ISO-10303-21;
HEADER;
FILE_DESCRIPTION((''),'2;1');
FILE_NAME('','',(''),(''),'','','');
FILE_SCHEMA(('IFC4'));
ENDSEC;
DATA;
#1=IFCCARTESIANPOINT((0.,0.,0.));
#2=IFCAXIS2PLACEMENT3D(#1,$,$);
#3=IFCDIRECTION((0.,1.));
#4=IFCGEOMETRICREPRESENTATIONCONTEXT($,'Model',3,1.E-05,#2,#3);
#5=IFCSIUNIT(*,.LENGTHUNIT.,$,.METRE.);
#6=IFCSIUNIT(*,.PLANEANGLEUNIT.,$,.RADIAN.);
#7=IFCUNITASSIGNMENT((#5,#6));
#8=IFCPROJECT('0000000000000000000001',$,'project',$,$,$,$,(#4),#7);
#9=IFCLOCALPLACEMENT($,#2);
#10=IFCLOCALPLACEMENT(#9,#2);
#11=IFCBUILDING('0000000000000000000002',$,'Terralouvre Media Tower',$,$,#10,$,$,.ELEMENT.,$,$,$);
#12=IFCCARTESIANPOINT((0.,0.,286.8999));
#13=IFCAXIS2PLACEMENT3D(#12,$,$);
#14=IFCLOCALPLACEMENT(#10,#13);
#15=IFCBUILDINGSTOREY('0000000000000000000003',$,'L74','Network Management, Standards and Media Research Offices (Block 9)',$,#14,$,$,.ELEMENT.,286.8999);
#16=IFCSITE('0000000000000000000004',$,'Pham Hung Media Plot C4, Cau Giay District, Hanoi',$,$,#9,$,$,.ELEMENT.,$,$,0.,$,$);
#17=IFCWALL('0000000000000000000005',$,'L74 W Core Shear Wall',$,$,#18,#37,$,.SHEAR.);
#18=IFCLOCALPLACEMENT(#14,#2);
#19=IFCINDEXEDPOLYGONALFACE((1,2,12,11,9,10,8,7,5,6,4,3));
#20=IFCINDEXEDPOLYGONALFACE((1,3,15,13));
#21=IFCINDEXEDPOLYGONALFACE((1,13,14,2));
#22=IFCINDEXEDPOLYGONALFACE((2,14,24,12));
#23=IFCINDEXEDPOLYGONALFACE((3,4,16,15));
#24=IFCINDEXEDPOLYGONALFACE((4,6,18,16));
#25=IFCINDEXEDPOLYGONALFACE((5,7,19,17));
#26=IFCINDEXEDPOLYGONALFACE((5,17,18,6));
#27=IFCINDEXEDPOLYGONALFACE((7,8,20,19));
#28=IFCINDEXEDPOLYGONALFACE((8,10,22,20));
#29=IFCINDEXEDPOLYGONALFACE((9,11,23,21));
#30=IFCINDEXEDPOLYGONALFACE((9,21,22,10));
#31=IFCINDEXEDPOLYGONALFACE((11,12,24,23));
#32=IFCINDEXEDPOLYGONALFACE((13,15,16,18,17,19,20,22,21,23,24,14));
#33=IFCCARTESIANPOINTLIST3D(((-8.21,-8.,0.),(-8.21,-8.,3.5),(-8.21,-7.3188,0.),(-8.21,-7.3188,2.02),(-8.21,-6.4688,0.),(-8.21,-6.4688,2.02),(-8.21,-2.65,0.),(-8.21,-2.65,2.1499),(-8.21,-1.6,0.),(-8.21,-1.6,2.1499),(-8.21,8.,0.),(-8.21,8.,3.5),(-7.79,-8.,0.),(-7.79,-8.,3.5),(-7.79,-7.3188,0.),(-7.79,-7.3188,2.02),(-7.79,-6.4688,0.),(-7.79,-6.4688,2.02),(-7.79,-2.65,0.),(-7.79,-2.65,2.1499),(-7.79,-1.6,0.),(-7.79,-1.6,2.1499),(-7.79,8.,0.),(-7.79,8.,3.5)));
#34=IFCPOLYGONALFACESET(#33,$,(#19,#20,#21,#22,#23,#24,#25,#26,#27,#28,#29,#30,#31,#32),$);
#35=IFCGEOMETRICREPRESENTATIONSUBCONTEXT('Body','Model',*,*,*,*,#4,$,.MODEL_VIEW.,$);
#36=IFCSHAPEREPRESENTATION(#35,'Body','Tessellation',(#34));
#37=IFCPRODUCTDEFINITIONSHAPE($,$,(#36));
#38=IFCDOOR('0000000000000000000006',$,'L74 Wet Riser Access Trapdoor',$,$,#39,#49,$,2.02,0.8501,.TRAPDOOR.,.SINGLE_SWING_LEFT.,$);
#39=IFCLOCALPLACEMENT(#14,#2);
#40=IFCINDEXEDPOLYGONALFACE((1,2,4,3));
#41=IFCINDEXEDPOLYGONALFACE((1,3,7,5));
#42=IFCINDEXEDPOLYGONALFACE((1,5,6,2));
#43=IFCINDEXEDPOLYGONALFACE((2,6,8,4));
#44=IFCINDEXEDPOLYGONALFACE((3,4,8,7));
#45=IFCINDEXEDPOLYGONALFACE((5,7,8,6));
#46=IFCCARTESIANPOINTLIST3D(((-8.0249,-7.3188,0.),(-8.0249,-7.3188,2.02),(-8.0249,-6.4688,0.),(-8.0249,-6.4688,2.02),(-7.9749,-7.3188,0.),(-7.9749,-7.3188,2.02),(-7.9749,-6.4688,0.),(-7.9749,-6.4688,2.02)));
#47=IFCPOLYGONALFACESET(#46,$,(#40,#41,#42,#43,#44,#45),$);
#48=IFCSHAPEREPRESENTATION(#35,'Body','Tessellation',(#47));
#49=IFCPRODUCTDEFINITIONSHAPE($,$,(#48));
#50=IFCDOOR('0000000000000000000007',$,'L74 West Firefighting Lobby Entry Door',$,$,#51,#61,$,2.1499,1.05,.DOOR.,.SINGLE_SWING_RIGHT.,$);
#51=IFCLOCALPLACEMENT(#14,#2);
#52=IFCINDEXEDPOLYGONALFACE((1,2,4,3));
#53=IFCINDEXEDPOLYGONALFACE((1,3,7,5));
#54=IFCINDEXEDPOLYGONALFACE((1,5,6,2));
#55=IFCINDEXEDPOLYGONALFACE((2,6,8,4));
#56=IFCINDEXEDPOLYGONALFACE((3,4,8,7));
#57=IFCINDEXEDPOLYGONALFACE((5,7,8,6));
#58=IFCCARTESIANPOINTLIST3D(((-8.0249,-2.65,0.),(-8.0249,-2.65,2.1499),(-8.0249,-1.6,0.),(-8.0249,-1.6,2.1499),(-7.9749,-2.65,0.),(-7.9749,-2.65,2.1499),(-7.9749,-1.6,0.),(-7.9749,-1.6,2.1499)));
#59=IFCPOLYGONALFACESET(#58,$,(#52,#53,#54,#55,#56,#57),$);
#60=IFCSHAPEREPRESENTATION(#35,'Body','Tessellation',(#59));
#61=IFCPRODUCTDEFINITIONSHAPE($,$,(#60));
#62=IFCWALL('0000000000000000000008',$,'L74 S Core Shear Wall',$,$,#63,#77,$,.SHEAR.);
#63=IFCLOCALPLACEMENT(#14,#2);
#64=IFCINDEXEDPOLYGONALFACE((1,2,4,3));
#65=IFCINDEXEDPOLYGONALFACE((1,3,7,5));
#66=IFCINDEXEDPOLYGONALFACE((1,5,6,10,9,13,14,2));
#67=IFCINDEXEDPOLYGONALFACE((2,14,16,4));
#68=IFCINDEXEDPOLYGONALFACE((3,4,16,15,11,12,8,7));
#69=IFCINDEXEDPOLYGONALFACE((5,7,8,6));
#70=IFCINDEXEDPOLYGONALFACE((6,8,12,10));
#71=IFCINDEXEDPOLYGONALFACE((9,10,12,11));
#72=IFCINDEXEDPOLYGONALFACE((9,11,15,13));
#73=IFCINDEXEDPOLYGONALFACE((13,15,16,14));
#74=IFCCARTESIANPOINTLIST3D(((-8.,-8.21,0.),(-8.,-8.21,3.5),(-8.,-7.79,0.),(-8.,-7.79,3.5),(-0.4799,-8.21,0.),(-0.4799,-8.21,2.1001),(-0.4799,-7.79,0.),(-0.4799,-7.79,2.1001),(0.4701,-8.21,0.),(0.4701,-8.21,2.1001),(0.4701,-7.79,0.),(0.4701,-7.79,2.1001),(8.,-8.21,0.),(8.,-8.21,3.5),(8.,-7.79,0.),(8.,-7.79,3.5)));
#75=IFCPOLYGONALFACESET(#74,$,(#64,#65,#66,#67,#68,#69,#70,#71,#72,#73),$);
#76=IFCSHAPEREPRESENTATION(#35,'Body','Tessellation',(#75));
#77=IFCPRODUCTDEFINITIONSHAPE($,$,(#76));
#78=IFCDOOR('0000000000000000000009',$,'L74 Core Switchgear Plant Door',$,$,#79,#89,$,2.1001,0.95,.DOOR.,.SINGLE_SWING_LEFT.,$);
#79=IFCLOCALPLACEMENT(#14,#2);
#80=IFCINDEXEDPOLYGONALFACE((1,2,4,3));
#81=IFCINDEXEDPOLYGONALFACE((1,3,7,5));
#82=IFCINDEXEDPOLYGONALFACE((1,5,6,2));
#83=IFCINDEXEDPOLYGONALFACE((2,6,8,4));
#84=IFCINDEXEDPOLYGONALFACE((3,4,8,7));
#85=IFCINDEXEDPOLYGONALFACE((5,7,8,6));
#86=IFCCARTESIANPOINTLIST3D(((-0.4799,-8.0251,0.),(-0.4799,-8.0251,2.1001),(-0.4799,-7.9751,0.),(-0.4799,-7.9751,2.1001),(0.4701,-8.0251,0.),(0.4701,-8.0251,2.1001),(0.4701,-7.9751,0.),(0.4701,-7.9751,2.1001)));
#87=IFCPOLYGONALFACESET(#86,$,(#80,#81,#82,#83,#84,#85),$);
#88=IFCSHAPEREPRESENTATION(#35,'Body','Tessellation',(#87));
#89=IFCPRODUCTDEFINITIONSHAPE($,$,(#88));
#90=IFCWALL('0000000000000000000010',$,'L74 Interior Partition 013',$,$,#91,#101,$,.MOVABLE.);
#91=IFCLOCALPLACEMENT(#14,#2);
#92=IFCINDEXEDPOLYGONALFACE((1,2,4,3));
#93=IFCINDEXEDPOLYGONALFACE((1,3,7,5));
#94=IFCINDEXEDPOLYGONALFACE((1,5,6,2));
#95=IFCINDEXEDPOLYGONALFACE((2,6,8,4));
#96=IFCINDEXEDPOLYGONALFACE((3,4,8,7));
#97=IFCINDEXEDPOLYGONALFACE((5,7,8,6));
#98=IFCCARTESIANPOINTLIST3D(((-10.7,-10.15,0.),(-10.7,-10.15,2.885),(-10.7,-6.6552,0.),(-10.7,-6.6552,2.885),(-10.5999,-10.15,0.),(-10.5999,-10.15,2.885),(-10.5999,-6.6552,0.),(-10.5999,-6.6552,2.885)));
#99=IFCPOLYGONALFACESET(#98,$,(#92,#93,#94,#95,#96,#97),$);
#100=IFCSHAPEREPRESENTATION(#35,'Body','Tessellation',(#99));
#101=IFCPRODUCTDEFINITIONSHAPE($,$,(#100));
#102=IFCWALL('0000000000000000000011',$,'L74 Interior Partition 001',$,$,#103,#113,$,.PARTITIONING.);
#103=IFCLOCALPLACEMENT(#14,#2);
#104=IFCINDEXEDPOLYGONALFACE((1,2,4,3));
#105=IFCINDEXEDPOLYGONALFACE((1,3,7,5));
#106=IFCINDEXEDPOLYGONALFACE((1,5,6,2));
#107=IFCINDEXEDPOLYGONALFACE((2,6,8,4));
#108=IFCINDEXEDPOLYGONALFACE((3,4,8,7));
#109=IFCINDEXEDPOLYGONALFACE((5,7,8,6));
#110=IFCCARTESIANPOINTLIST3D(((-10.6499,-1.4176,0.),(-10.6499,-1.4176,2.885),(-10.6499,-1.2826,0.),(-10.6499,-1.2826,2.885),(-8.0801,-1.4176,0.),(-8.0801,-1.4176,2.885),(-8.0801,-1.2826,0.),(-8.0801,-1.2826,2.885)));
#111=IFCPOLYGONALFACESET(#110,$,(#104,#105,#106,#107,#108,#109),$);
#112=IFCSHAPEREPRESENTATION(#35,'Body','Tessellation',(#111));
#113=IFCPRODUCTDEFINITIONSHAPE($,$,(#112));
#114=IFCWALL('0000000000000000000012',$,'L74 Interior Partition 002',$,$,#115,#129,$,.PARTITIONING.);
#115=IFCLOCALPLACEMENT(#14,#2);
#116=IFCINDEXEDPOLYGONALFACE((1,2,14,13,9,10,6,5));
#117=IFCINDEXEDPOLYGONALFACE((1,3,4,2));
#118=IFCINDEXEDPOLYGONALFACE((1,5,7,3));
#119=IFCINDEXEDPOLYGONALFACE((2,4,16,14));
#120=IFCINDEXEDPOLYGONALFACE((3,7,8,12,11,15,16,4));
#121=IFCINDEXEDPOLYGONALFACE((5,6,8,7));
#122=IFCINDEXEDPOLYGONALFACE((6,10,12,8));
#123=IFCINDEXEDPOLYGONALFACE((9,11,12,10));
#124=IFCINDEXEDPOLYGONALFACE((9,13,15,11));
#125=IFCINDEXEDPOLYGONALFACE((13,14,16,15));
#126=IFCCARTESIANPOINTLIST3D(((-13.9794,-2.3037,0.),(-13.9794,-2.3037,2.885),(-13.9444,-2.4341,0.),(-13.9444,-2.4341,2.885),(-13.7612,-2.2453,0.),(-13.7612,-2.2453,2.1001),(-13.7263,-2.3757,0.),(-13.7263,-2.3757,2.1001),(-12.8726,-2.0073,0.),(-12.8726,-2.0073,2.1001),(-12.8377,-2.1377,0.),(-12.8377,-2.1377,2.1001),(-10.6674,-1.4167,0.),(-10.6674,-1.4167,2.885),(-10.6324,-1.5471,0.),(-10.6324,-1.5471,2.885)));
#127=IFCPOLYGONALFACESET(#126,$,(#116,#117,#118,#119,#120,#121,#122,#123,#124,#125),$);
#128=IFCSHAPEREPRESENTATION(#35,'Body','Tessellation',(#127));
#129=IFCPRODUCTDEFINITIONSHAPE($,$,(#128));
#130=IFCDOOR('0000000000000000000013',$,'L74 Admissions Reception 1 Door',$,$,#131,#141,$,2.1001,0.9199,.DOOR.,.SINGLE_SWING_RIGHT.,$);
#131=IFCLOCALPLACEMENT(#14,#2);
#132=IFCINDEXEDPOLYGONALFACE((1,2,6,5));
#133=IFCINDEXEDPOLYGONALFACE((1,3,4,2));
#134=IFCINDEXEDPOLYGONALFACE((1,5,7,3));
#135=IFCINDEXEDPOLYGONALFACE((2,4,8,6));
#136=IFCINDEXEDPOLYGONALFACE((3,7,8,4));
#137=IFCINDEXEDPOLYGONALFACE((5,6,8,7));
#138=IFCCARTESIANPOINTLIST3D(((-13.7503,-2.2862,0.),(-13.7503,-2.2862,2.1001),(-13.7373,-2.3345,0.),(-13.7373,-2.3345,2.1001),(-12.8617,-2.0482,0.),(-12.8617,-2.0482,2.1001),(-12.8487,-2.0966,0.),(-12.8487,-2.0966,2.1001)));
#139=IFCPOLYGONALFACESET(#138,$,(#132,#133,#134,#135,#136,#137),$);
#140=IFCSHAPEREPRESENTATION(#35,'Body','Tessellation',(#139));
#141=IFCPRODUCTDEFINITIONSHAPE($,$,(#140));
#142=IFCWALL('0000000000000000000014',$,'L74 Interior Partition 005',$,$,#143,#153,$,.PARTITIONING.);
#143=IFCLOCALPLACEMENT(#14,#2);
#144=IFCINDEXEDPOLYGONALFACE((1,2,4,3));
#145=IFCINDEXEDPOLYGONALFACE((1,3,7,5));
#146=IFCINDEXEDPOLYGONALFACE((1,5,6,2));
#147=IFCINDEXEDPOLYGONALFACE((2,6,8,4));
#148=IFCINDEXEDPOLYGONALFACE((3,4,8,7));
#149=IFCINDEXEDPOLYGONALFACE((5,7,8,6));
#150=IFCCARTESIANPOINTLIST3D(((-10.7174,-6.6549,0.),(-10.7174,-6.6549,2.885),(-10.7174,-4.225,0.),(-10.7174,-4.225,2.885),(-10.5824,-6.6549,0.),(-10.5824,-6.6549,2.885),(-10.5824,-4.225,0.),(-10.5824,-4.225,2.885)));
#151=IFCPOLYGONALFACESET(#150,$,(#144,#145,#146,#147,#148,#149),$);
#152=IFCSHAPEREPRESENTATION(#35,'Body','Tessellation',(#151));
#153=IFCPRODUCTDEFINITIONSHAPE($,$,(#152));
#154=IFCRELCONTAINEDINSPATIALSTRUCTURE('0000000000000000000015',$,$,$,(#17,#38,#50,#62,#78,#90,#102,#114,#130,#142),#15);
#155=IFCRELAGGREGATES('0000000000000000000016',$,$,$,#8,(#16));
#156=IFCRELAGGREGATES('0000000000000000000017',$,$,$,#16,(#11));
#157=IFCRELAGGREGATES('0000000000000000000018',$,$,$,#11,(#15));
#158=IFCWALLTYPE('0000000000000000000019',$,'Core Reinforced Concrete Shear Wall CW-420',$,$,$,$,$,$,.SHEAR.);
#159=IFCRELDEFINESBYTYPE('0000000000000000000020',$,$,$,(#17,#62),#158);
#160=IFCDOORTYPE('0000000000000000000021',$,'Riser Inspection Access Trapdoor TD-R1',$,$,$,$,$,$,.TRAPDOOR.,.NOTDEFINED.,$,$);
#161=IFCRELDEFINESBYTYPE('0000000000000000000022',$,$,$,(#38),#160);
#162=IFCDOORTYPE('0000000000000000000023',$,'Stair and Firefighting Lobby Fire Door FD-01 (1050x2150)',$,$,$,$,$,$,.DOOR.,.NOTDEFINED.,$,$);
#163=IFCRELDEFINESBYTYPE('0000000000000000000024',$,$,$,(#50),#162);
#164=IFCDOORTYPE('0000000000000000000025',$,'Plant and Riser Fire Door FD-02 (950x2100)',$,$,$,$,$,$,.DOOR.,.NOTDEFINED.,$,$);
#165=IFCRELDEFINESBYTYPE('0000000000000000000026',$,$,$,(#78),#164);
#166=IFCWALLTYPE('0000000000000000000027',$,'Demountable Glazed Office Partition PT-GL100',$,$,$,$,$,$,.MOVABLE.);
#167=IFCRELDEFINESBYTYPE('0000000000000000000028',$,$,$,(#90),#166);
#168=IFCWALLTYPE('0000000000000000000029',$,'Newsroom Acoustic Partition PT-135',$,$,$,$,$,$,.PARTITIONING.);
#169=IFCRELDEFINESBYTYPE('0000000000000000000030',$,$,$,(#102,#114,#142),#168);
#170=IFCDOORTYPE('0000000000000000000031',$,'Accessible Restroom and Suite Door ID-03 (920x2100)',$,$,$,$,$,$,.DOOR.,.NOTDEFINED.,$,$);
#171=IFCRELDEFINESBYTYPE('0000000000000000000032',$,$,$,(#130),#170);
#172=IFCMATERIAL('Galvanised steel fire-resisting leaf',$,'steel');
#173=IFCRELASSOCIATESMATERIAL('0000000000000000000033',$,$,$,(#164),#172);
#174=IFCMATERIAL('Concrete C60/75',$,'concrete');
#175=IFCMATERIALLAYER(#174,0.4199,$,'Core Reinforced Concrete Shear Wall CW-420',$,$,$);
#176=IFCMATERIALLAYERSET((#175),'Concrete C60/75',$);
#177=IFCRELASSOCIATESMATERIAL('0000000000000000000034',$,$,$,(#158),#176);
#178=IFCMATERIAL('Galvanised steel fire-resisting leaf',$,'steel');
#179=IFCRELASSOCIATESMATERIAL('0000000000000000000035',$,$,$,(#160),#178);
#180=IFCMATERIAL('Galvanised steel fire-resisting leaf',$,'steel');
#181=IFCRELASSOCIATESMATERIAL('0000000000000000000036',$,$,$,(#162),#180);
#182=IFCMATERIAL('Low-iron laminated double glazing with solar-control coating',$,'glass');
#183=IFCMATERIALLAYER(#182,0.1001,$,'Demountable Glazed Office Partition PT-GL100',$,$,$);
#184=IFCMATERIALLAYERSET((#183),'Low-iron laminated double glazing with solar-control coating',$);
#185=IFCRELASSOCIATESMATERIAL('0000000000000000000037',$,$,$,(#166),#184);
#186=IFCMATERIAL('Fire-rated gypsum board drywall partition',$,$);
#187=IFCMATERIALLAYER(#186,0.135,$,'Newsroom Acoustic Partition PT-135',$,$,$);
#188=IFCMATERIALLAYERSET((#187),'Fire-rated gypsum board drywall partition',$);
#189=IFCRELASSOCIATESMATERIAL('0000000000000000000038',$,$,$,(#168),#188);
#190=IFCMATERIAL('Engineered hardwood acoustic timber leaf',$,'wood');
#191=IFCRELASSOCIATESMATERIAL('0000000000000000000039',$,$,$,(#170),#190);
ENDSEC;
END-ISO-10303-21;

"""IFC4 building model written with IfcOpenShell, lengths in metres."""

from ifc_helpers import new_model, si_unit, direction, frame, frame_2d, origin, place, context, subcontext, project, spatial, rectangle, extrude, material, layer, layer_set, type_object, element, fill, save


model = new_model("IFC4")

# Units and contexts
model_context = context("Model", 3, precision=1e-05, world=origin(), true_north=direction((0.0, 1.0)))
body_context = subcontext(model_context, "Body", "Model", "MODEL_VIEW")
ifc_project = project(units=[si_unit("LENGTHUNIT", "METRE"), si_unit("PLANEANGLEUNIT", "RADIAN")], contexts=[model_context])

# Site, building, storey
site_placement = place(None, origin())
site = spatial("IfcSite", under=ifc_project, at=site_placement, Name="Pham Hung Media Plot C4, Cau Giay District, Hanoi", CompositionType="ELEMENT", RefElevation=0.0)
building_placement = place(site_placement, origin())
building = spatial("IfcBuilding", under=site, at=building_placement, Name="Terralouvre Media Tower", CompositionType="ELEMENT")
storey_placement = place(building_placement, frame((0.0, 0.0, 286.8999)))
storey = spatial("IfcBuildingStorey", under=building, at=storey_placement, Name="L74", Description="Network Management, Standards and Media Research Offices (Block 9)", CompositionType="ELEMENT", Elevation=286.8999)

# Wall, openings, doors
ifc_material_1 = material(Name="Galvanised steel fire-resisting leaf", Category="steel")
door_type_1 = type_object("IfcDoorType", Name="Plant and Riser Fire Door FD-02 (950x2100)", OperationType="NOTDEFINED", PredefinedType="DOOR", material=ifc_material_1)
ifc_material_2 = material(Name="Concrete C60/75", Category="concrete")
ifc_layer_1 = layer(ifc_material_2, 0.4199, Name="Core Reinforced Concrete Shear Wall CW-420")
ifc_layer_set_1 = layer_set([ifc_layer_1], Name="Concrete C60/75")
wall_type_1 = type_object("IfcWallType", Name="Core Reinforced Concrete Shear Wall CW-420", PredefinedType="SHEAR", material=ifc_layer_set_1)
wall_1_placement = place(storey_placement, frame((-8.0, -8.0, 0.0), z_axis=(0.0, 0.0, 1.0), x_axis=(0.0, 1.0, 0.0)))
wall_1 = element("IfcWall", 1, at=wall_1_placement, inside=storey, type_object=wall_type_1, Name="L74 W Core Shear Wall", PredefinedType="SHEAR", context=body_context, shape_type="SweptSolid", body=[
    extrude(rectangle(XDim=16.0, YDim=0.4199, at=frame_2d((8.0, 0.0))), origin(), (0.0, 0.0, 1.0), 3.5),
])
opening_1_placement = place(wall_1_placement, frame((0.6812, 0.0, 0.0)))
opening_1 = element("IfcOpeningElement", 2, at=opening_1_placement, cuts=wall_1, PredefinedType="OPENING", context=body_context, shape_type="SweptSolid", body=[
    extrude(rectangle(XDim=0.8501, YDim=2.02, at=frame_2d((0.425, 1.01))), frame((0.0, 0.22, 0.0), z_axis=(0.0, -1.0, 0.0), x_axis=(1.0, 0.0, 0.0)), (0.0, 0.0, 1.0), 0.4399),
])
opening_2_placement = place(wall_1_placement, frame((5.3501, 0.0, 0.0)))
opening_2 = element("IfcOpeningElement", 3, at=opening_2_placement, cuts=wall_1, PredefinedType="OPENING", context=body_context, shape_type="SweptSolid", body=[
    extrude(rectangle(XDim=1.05, YDim=2.1499, at=frame_2d((0.5249, 1.075))), frame((0.0, 0.22, 0.0), z_axis=(0.0, -1.0, 0.0), x_axis=(1.0, 0.0, 0.0)), (0.0, 0.0, 1.0), 0.4399),
])
ifc_material_3 = material(Name="Galvanised steel fire-resisting leaf", Category="steel")
door_type_2 = type_object("IfcDoorType", Name="Riser Inspection Access Trapdoor TD-R1", OperationType="NOTDEFINED", PredefinedType="TRAPDOOR", material=ifc_material_3)
door_1_placement = place(opening_1_placement, origin())
door_1 = element("IfcDoor", 4, at=door_1_placement, inside=storey, type_object=door_type_2, Name="L74 Wet Riser Access Trapdoor", OperationType="SINGLE_SWING_LEFT", OverallHeight=2.02, OverallWidth=0.8501, PredefinedType="TRAPDOOR", context=body_context, shape_type="SweptSolid", body=[
    extrude(rectangle(XDim=0.8501, YDim=2.02, at=frame_2d((0.425, 1.01))), frame((0.0, 0.0249, 0.0), z_axis=(0.0, -1.0, 0.0), x_axis=(1.0, 0.0, 0.0)), (0.0, 0.0, 1.0), 0.05),
])
fill(opening_1, door_1)
ifc_material_4 = material(Name="Galvanised steel fire-resisting leaf", Category="steel")
door_type_3 = type_object("IfcDoorType", Name="Stair and Firefighting Lobby Fire Door FD-01 (1050x2150)", OperationType="NOTDEFINED", PredefinedType="DOOR", material=ifc_material_4)
door_2_placement = place(opening_2_placement, origin())
door_2 = element("IfcDoor", 5, at=door_2_placement, inside=storey, type_object=door_type_3, Name="L74 West Firefighting Lobby Entry Door", OperationType="SINGLE_SWING_RIGHT", OverallHeight=2.1499, OverallWidth=1.05, PredefinedType="DOOR", context=body_context, shape_type="SweptSolid", body=[
    extrude(rectangle(XDim=1.05, YDim=2.1499, at=frame_2d((0.5249, 1.075))), frame((0.0, 0.0249, 0.0), z_axis=(0.0, -1.0, 0.0), x_axis=(1.0, 0.0, 0.0)), (0.0, 0.0, 1.0), 0.05),
])
fill(opening_2, door_2)

# Wall, opening, door
wall_2_placement = place(storey_placement, frame((-8.0, -8.0, 0.0), z_axis=(0.0, 0.0, 1.0), x_axis=(1.0, 0.0, 0.0)))
wall_2 = element("IfcWall", 6, at=wall_2_placement, inside=storey, type_object=wall_type_1, Name="L74 S Core Shear Wall", PredefinedType="SHEAR", context=body_context, shape_type="SweptSolid", body=[
    extrude(rectangle(XDim=16.0, YDim=0.4199, at=frame_2d((8.0, 0.0))), origin(), (0.0, 0.0, 1.0), 3.5),
])
opening_3_placement = place(wall_2_placement, frame((7.52, 0.0, 0.0)))
opening_3 = element("IfcOpeningElement", 7, at=opening_3_placement, cuts=wall_2, PredefinedType="OPENING", context=body_context, shape_type="SweptSolid", body=[
    extrude(rectangle(XDim=0.95, YDim=2.1001, at=frame_2d((0.4751, 1.05))), frame((0.0, 0.22, 0.0), z_axis=(0.0, -1.0, 0.0), x_axis=(1.0, 0.0, 0.0)), (0.0, 0.0, 1.0), 0.4399),
])
door_3_placement = place(opening_3_placement, origin())
door_3 = element("IfcDoor", 8, at=door_3_placement, inside=storey, type_object=door_type_1, Name="L74 Core Switchgear Plant Door", OperationType="SINGLE_SWING_LEFT", OverallHeight=2.1001, OverallWidth=0.95, PredefinedType="DOOR", context=body_context, shape_type="SweptSolid", body=[
    extrude(rectangle(XDim=0.95, YDim=2.1001, at=frame_2d((0.4751, 1.05))), frame((0.0, 0.0249, 0.0), z_axis=(0.0, -1.0, 0.0), x_axis=(1.0, 0.0, 0.0)), (0.0, 0.0, 1.0), 0.05),
])
fill(opening_3, door_3)

# Walls
ifc_material_5 = material(Name="Low-iron laminated double glazing with solar-control coating", Category="glass")
ifc_layer_2 = layer(ifc_material_5, 0.1001, Name="Demountable Glazed Office Partition PT-GL100")
ifc_layer_set_2 = layer_set([ifc_layer_2], Name="Low-iron laminated double glazing with solar-control coating")
wall_type_2 = type_object("IfcWallType", Name="Demountable Glazed Office Partition PT-GL100", PredefinedType="MOVABLE", material=ifc_layer_set_2)
wall_3_placement = place(storey_placement, frame((-10.6499, -6.655, 0.0), z_axis=(0.0, 0.0, 1.0), x_axis=(0.0, -1.0, 0.0)))
element("IfcWall", 9, at=wall_3_placement, inside=storey, type_object=wall_type_2, Name="L74 Interior Partition 013", PredefinedType="MOVABLE", context=body_context, shape_type="SweptSolid", body=[
    extrude(rectangle(XDim=3.4949, YDim=0.1001, at=frame_2d((1.7476, 0.0))), origin(), (0.0, 0.0, 1.0), 2.885),
])
ifc_material_6 = material(Name="Fire-rated gypsum board drywall partition")
ifc_layer_3 = layer(ifc_material_6, 0.135, Name="Newsroom Acoustic Partition PT-135")
ifc_layer_set_3 = layer_set([ifc_layer_3], Name="Fire-rated gypsum board drywall partition")
wall_type_3 = type_object("IfcWallType", Name="Newsroom Acoustic Partition PT-135", PredefinedType="PARTITIONING", material=ifc_layer_set_3)
wall_4_placement = place(storey_placement, frame((-8.0801, -1.3501, 0.0), z_axis=(0.0, 0.0, 1.0), x_axis=(-1.0, 0.0, 0.0)))
element("IfcWall", 10, at=wall_4_placement, inside=storey, type_object=wall_type_3, Name="L74 Interior Partition 001", PredefinedType="PARTITIONING", context=body_context, shape_type="SweptSolid", body=[
    extrude(rectangle(XDim=2.5698, YDim=0.135, at=frame_2d((1.2849, 0.0))), origin(), (0.0, 0.0, 1.0), 2.885),
])

# Wall, opening, door
wall_5_placement = place(storey_placement, frame((-10.6499, -1.4819, 0.0), z_axis=(0.0, 0.0, 1.0), x_axis=(-0.965961, -0.258686, 0.0)))
wall_5 = element("IfcWall", 11, at=wall_5_placement, inside=storey, type_object=wall_type_3, Name="L74 Interior Partition 002", PredefinedType="PARTITIONING", context=body_context, shape_type="SweptSolid", body=[
    extrude(rectangle(XDim=3.4287, YDim=0.135, at=frame_2d((1.7144, 0.0))), origin(), (0.0, 0.0, 1.0), 2.885),
])
opening_4_placement = place(wall_5_placement, frame((2.283, 0.0, 0.0)))
opening_4 = element("IfcOpeningElement", 12, at=opening_4_placement, cuts=wall_5, PredefinedType="OPENING", context=body_context, shape_type="SweptSolid", body=[
    extrude(rectangle(XDim=0.9199, YDim=2.1001, at=frame_2d((0.46, 1.05))), frame((0.0, 0.0774, 0.0), z_axis=(0.0, -1.0, 0.0), x_axis=(1.0, 0.0, 0.0)), (0.0, 0.0, 1.0), 0.155),
])
ifc_material_7 = material(Name="Engineered hardwood acoustic timber leaf", Category="wood")
door_type_4 = type_object("IfcDoorType", Name="Accessible Restroom and Suite Door ID-03 (920x2100)", OperationType="NOTDEFINED", PredefinedType="DOOR", material=ifc_material_7)
door_4_placement = place(opening_4_placement, origin())
door_4 = element("IfcDoor", 13, at=door_4_placement, inside=storey, type_object=door_type_4, Name="L74 Admissions Reception 1 Door", OperationType="SINGLE_SWING_RIGHT", OverallHeight=2.1001, OverallWidth=0.9199, PredefinedType="DOOR", context=body_context, shape_type="SweptSolid", body=[
    extrude(rectangle(XDim=0.9199, YDim=2.1001, at=frame_2d((0.46, 1.05))), frame((0.0, 0.0249, 0.0), z_axis=(0.0, -1.0, 0.0), x_axis=(1.0, 0.0, 0.0)), (0.0, 0.0, 1.0), 0.05),
])
fill(opening_4, door_4)

# Wall
wall_6_placement = place(storey_placement, frame((-10.6499, -4.2251, 0.0), z_axis=(0.0, 0.0, 1.0), x_axis=(0.0, -1.0, 0.0)))
element("IfcWall", 14, at=wall_6_placement, inside=storey, type_object=wall_type_3, Name="L74 Interior Partition 005", PredefinedType="PARTITIONING", context=body_context, shape_type="SweptSolid", body=[
    extrude(rectangle(XDim=2.4299, YDim=0.135, at=frame_2d((1.2148, 0.0))), origin(), (0.0, 0.0, 1.0), 2.885),
])

save(model, "model.ifc")
